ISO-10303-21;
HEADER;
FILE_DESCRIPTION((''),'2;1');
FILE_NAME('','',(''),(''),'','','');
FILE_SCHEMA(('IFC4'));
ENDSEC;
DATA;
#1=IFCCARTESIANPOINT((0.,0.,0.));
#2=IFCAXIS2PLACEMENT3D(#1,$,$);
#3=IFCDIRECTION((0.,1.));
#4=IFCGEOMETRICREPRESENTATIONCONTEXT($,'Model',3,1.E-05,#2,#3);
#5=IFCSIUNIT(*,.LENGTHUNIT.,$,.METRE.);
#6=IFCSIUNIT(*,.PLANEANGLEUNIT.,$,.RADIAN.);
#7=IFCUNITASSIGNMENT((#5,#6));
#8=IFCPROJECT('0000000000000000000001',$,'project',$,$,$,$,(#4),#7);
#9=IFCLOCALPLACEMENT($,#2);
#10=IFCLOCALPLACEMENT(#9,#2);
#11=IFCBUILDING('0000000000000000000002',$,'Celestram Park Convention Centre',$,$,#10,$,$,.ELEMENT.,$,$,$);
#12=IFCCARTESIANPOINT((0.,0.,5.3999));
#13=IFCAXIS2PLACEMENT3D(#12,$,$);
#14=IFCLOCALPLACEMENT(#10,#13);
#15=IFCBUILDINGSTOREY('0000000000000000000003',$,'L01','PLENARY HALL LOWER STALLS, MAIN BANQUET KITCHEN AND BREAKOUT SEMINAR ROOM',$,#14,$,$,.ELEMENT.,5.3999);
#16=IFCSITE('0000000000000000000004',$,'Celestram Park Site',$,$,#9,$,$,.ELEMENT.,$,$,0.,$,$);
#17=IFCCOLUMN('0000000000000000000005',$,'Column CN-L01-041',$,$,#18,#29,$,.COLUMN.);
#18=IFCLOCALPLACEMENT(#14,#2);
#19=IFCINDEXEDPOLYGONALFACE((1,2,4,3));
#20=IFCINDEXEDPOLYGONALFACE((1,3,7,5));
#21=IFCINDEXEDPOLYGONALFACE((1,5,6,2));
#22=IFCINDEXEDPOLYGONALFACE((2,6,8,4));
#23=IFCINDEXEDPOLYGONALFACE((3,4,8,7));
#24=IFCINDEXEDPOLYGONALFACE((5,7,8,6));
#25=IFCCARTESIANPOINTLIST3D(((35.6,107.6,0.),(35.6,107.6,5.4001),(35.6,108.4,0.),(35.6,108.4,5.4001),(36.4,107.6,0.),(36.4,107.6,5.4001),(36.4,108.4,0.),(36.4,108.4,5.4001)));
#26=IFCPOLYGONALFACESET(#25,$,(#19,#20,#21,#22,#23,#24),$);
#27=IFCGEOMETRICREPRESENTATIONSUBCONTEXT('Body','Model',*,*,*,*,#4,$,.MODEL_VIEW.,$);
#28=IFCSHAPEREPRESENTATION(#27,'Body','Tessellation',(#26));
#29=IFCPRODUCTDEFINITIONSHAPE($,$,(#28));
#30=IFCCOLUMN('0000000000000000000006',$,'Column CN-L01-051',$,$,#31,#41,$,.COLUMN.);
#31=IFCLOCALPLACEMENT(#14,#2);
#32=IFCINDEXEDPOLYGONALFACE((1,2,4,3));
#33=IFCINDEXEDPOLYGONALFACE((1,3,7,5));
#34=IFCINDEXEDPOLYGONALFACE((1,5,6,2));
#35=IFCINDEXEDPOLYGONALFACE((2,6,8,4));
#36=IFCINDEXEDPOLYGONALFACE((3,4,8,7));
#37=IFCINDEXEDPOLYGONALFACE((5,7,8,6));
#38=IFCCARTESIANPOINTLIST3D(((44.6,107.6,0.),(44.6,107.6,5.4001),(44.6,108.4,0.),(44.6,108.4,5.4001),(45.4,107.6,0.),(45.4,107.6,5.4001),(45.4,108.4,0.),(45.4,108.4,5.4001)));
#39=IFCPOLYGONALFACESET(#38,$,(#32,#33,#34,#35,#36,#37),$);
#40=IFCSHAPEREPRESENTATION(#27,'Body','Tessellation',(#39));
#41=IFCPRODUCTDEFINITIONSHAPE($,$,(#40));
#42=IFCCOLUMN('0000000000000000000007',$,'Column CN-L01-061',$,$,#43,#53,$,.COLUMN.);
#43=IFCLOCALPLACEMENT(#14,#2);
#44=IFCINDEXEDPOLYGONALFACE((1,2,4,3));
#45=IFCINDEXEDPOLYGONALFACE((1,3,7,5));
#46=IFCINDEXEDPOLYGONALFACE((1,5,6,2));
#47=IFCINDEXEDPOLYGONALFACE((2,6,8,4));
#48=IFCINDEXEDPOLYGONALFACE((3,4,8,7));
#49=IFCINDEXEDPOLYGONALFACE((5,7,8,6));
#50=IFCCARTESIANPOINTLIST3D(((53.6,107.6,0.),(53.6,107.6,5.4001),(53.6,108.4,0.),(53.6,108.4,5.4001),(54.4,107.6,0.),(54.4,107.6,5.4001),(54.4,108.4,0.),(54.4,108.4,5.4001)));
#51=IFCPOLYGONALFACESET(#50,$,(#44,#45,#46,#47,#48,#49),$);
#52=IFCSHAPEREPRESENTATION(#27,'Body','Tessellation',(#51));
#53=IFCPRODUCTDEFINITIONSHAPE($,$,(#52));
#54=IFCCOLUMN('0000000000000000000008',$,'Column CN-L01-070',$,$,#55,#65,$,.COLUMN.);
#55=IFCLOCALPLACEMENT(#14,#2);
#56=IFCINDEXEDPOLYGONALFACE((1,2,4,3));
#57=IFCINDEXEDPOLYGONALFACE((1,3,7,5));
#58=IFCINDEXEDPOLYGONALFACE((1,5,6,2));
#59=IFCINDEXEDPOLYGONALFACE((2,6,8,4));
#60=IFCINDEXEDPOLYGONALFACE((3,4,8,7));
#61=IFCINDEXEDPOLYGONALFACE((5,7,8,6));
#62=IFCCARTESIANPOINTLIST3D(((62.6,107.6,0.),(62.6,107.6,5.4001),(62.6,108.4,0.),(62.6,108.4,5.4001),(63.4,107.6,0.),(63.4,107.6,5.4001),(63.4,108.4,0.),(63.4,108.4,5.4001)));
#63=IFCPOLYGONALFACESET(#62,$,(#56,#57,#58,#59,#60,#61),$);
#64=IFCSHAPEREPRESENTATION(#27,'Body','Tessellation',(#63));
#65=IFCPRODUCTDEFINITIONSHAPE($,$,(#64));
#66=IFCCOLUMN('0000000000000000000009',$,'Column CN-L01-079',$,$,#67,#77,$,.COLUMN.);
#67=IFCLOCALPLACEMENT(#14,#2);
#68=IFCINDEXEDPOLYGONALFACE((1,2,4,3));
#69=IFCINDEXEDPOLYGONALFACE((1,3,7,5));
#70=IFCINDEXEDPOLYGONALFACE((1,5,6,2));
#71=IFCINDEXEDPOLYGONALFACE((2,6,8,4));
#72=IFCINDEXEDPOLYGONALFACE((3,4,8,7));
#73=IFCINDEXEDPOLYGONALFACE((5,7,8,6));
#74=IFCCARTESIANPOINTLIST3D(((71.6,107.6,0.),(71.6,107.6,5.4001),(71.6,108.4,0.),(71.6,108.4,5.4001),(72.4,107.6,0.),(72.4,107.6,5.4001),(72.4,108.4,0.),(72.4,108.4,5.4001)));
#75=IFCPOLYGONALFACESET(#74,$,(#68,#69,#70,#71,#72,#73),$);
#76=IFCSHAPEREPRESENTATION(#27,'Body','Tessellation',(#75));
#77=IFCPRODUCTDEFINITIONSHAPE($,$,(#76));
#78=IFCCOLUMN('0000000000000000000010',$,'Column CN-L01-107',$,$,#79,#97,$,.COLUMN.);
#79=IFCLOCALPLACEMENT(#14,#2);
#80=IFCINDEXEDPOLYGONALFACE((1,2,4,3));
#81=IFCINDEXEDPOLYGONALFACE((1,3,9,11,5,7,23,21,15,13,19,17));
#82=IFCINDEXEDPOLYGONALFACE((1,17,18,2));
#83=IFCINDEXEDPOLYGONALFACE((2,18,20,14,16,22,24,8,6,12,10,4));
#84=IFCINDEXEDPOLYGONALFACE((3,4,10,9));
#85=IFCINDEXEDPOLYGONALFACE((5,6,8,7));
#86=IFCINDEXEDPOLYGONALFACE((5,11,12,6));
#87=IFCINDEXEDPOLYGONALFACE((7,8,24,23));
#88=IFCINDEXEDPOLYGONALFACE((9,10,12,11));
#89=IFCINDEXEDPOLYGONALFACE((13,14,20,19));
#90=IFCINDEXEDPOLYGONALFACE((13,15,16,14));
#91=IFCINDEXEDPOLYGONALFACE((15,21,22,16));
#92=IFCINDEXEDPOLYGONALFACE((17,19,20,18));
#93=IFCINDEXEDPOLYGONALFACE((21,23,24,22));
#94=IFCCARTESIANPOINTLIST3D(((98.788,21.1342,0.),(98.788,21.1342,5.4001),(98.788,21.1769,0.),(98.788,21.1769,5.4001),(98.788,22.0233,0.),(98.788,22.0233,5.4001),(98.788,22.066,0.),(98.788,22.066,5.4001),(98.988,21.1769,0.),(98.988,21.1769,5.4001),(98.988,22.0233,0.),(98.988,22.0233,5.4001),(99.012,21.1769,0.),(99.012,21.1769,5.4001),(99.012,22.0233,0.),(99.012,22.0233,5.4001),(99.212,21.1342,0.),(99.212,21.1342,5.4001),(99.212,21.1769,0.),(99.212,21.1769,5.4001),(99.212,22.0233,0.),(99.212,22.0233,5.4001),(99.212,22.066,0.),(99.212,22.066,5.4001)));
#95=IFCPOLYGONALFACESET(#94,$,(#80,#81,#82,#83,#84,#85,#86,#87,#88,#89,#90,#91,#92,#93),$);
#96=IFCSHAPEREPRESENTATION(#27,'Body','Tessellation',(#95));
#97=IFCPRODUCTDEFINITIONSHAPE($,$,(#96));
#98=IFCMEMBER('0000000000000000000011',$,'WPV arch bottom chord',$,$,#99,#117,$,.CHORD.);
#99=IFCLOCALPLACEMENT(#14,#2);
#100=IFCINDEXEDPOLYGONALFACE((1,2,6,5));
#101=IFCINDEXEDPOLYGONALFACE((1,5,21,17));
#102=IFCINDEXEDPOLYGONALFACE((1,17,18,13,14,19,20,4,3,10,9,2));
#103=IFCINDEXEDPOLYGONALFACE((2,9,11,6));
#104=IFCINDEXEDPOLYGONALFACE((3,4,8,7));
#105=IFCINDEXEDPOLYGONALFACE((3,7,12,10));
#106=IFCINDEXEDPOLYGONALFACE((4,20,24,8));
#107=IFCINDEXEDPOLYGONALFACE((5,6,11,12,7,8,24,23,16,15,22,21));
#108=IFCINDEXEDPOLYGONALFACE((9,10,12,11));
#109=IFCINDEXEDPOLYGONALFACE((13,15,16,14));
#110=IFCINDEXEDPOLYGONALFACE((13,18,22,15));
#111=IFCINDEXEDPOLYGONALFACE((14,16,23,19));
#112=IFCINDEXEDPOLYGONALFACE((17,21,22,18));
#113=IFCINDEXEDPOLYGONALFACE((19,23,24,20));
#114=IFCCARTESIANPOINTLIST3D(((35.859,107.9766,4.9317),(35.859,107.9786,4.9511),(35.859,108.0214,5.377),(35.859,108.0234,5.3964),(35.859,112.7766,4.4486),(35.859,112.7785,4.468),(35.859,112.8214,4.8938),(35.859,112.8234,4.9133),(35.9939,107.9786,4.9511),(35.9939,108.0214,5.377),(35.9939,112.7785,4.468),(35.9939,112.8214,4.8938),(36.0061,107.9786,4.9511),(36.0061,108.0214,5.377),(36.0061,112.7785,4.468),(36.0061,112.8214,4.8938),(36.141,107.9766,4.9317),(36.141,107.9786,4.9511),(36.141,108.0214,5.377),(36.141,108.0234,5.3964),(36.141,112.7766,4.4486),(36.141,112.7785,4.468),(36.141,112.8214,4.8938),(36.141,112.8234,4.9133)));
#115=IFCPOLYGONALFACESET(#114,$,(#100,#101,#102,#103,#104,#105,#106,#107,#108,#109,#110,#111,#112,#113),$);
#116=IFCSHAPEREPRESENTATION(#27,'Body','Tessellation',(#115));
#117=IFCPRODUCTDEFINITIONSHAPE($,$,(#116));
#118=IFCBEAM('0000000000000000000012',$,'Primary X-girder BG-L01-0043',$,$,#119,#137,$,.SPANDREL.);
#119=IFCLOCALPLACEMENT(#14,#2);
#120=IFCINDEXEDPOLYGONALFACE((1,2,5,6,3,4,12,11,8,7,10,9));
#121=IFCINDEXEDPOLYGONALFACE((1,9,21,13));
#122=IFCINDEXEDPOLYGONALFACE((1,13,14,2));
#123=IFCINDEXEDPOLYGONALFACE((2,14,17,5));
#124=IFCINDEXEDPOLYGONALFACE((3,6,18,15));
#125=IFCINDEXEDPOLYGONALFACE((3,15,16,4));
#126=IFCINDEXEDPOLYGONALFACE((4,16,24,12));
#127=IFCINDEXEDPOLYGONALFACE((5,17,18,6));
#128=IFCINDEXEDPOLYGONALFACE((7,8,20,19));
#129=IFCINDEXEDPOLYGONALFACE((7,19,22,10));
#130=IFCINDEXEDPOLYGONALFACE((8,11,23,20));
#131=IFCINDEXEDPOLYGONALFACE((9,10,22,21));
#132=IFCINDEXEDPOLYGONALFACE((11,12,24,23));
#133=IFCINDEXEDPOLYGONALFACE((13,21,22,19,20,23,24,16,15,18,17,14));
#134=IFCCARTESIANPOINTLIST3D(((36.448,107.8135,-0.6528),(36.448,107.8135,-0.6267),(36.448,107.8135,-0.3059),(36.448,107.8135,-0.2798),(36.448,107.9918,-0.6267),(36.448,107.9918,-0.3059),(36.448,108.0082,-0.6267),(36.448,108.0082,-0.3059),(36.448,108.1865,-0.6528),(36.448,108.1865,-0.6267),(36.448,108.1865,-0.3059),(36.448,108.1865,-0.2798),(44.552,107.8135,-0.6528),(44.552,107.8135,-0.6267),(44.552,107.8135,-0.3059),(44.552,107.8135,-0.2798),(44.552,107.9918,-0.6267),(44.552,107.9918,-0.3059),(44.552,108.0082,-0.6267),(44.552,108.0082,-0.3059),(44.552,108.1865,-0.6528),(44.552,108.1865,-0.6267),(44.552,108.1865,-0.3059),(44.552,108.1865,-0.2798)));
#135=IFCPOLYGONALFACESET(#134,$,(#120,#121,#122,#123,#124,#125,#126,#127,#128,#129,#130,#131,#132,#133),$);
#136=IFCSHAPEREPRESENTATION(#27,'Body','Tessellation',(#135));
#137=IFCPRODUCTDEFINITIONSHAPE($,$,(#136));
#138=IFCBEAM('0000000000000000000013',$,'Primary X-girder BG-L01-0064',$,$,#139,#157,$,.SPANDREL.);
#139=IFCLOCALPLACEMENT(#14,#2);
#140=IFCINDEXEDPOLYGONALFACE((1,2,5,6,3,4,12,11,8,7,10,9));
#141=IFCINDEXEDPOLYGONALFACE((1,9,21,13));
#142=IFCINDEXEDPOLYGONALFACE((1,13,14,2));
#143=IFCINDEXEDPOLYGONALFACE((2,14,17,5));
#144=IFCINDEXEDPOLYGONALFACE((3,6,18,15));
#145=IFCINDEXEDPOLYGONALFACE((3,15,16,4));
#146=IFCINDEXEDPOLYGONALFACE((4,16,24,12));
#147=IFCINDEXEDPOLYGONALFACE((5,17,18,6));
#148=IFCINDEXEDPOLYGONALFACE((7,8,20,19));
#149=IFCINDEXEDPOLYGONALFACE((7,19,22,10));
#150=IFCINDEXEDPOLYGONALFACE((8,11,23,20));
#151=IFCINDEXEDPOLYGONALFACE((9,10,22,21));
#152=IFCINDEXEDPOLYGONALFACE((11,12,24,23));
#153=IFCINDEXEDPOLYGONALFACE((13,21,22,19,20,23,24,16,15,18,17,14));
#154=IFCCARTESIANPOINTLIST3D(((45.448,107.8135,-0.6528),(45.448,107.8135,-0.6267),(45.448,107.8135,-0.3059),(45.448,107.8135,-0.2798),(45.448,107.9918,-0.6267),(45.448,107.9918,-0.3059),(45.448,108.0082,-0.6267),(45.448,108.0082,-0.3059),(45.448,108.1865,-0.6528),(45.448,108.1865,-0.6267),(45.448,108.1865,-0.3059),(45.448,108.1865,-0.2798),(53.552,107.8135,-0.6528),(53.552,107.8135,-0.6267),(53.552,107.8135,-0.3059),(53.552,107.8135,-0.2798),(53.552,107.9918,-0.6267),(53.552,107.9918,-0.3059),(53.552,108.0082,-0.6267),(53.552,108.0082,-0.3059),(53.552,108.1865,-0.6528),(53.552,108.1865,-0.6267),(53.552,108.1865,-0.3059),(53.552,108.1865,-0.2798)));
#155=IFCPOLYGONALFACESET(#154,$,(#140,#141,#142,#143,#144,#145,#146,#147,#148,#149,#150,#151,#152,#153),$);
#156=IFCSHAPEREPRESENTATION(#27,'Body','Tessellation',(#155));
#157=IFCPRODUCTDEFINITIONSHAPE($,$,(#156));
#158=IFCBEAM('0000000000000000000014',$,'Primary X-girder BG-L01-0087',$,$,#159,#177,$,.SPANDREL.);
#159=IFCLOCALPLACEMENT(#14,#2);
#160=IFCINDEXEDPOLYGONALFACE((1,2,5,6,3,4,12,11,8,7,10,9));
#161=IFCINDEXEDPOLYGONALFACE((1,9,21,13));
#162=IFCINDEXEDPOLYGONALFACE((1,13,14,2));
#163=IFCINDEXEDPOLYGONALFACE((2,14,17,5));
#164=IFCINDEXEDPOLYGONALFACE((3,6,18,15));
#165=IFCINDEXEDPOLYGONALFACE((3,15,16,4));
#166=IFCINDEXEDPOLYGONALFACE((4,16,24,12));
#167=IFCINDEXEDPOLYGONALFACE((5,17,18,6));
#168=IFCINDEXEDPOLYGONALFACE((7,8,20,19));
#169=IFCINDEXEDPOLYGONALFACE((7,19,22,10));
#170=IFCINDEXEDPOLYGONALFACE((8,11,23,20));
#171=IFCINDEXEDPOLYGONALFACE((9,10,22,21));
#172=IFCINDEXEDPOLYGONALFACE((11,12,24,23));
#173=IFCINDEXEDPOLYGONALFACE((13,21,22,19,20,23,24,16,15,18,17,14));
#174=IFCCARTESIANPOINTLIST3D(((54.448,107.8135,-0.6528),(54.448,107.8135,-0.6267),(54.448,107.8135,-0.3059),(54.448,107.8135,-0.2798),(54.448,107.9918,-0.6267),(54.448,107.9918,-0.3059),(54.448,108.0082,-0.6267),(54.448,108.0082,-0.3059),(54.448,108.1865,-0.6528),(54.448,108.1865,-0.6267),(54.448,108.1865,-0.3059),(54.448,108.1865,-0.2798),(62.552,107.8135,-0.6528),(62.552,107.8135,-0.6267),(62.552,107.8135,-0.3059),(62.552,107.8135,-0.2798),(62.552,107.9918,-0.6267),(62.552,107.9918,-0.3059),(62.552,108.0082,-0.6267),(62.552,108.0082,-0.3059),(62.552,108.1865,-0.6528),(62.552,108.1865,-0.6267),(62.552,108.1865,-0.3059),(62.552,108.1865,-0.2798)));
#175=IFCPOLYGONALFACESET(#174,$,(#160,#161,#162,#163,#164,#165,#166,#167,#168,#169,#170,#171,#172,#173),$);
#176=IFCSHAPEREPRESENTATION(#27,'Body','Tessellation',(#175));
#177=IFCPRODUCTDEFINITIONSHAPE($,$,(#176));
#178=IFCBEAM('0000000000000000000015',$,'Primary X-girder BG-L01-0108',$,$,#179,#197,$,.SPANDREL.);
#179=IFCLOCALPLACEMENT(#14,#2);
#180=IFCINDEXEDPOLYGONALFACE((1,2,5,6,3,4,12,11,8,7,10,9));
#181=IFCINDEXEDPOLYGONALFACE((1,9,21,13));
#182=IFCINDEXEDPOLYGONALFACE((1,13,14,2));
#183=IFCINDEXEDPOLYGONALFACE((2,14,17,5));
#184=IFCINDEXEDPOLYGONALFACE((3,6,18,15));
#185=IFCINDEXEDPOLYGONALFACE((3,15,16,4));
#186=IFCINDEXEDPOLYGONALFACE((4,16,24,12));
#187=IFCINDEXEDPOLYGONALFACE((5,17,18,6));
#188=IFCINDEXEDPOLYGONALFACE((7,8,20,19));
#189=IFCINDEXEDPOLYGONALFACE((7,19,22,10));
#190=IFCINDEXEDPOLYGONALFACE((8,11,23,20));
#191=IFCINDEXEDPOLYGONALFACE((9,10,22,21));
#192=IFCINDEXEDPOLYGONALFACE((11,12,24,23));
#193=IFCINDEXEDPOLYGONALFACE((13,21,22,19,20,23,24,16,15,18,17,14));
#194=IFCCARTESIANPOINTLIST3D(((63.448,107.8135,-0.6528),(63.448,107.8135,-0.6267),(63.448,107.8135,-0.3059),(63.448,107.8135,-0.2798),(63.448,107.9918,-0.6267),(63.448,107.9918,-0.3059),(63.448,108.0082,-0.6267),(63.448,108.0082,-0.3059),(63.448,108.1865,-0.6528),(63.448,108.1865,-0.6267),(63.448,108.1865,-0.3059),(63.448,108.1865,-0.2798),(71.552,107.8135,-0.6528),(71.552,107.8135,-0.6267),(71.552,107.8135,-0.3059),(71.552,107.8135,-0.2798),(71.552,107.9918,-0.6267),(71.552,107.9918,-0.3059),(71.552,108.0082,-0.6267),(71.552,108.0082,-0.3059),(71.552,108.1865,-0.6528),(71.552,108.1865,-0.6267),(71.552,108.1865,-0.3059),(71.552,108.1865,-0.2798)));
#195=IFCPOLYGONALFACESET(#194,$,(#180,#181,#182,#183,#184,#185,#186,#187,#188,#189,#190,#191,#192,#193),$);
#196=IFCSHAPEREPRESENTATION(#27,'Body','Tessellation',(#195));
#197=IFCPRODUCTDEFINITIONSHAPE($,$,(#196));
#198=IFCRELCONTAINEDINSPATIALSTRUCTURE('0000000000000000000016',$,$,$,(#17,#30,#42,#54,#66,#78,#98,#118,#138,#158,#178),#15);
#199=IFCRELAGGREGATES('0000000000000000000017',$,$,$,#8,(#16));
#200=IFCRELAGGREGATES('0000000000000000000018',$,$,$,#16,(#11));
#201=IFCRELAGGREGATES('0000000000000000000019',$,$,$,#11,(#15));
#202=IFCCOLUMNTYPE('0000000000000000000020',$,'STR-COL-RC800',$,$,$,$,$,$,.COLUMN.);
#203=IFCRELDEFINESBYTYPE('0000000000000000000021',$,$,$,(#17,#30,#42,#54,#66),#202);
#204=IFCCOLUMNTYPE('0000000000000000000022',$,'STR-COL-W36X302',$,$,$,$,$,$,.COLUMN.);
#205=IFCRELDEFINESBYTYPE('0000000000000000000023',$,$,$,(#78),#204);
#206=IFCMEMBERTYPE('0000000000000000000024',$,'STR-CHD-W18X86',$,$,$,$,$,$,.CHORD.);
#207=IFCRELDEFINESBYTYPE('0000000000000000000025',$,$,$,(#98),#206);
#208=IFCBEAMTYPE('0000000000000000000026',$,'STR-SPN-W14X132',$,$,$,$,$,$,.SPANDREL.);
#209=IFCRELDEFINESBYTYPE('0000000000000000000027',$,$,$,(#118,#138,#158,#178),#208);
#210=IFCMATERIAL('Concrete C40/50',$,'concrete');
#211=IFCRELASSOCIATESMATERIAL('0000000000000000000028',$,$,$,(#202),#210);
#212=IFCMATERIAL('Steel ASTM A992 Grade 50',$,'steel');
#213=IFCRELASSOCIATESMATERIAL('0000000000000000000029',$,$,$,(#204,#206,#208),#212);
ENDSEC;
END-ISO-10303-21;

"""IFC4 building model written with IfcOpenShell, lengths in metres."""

from ifc_helpers import new_model, si_unit, direction, frame, origin, origin_2d, place, context, subcontext, project, spatial, rectangle, i_section, extrude, material, material_profile, profile_set, type_object, element, save


model = new_model("IFC4")

# Units and contexts
model_context = context("Model", 3, precision=1e-05, world=origin(), true_north=direction((0.0, 1.0)))
body_context = subcontext(model_context, "Body", "Model", "MODEL_VIEW")
ifc_project = project(units=[si_unit("LENGTHUNIT", "METRE"), si_unit("PLANEANGLEUNIT", "RADIAN")], contexts=[model_context])

# Site, building, storey
site_placement = place(None, origin())
site = spatial("IfcSite", under=ifc_project, at=site_placement, Name="Celestram Park Site", CompositionType="ELEMENT", RefElevation=0.0)
building_placement = place(site_placement, origin())
building = spatial("IfcBuilding", under=site, at=building_placement, Name="Celestram Park Convention Centre", CompositionType="ELEMENT")
storey_placement = place(building_placement, frame((0.0, 0.0, 5.3999)))
storey = spatial("IfcBuildingStorey", under=building, at=storey_placement, Name="L01", Description="PLENARY HALL LOWER STALLS, MAIN BANQUET KITCHEN AND BREAKOUT SEMINAR ROOM", CompositionType="ELEMENT", Elevation=5.3999)

# Columns
ifc_material_1 = material(Name="Concrete C40/50", Category="concrete")
ifc_material_profile_1 = material_profile(ifc_material_1, rectangle(XDim=0.8, YDim=0.8, at=origin_2d()), Name="RC800X800")
ifc_profile_set_1 = profile_set([ifc_material_profile_1], Name="Concrete C40/50")
column_type_1 = type_object("IfcColumnType", Name="STR-COL-RC800", PredefinedType="COLUMN", material=ifc_profile_set_1)
for number, where, z_axis, x_axis, name in (
    (1, (36.0, 108.0, 0.0), (0.0, 0.0, 1.0), (1.0, 0.0, 0.0), "Column CN-L01-041"),
    (2, (45.0, 108.0, 0.0), (0.0, 0.0, 1.0), (1.0, 0.0, 0.0), "Column CN-L01-051"),
    (3, (54.0, 108.0, 0.0), (0.0, 0.0, 1.0), (1.0, 0.0, 0.0), "Column CN-L01-061"),
    (4, (63.0, 108.0, 0.0), (0.0, 0.0, 1.0), (1.0, 0.0, 0.0), "Column CN-L01-070"),
    (5, (72.0, 108.0, 0.0), (0.0, 0.0, 1.0), (1.0, 0.0, 0.0), "Column CN-L01-079"),
):
    element("IfcColumn", number, at=place(storey_placement, frame(where, z_axis=z_axis, x_axis=x_axis)), inside=storey, type_object=column_type_1, Name=name, PredefinedType="COLUMN", context=body_context, shape_type="SweptSolid", body=[
        extrude(rectangle(XDim=0.8, YDim=0.8, at=origin_2d()), origin(), (0.0, 0.0, 1.0), 5.4001),
    ])
ifc_material_2 = material(Name="Steel ASTM A992 Grade 50", Category="steel")
ifc_material_profile_2 = material_profile(ifc_material_2, i_section(OverallWidth=0.4241, OverallDepth=0.9319, WebThickness=0.0239, FlangeThickness=0.0427, at=origin_2d()), Name="W36X302")
ifc_profile_set_2 = profile_set([ifc_material_profile_2], Name="Steel ASTM A992 Grade 50")
column_type_2 = type_object("IfcColumnType", Name="STR-COL-W36X302", PredefinedType="COLUMN", material=ifc_profile_set_2)
column_placement = place(storey_placement, frame((99.0, 21.6001, 0.0), z_axis=(0.0, 0.0, 1.0), x_axis=(1.0, 0.0, 0.0)))
element("IfcColumn", 6, at=column_placement, inside=storey, type_object=column_type_2, Name="Column CN-L01-107", PredefinedType="COLUMN", context=body_context, shape_type="SweptSolid", body=[
    extrude(i_section(OverallWidth=0.4241, OverallDepth=0.9319, WebThickness=0.0239, FlangeThickness=0.0427, at=origin_2d()), origin(), (0.0, 0.0, 1.0), 5.4001),
])

# Member
ifc_material_profile_3 = material_profile(ifc_material_2, i_section(OverallWidth=0.282, OverallDepth=0.467, WebThickness=0.0122, FlangeThickness=0.0195, at=origin_2d()), Name="W18X86")
ifc_profile_set_3 = profile_set([ifc_material_profile_3], Name="Steel ASTM A992 Grade 50")
member_type = type_object("IfcMemberType", Name="STR-CHD-W18X86", PredefinedType="CHORD", material=ifc_profile_set_3)
member_placement = place(storey_placement, frame((36.0, 108.0, 5.1641), z_axis=(0.0, 0.994972, -0.10015), x_axis=(-1.0, 0.0, 0.0)))
element("IfcMember", 7, at=member_placement, inside=storey, type_object=member_type, Name="WPV arch bottom chord", PredefinedType="CHORD", context=body_context, shape_type="SweptSolid", body=[
    extrude(i_section(OverallWidth=0.282, OverallDepth=0.467, WebThickness=0.0122, FlangeThickness=0.0195, at=origin_2d()), origin(), (0.0, 0.0, 1.0), 4.8242),
])

# Beams
ifc_material_profile_4 = material_profile(ifc_material_2, i_section(OverallWidth=0.373, OverallDepth=0.373, WebThickness=0.0164, FlangeThickness=0.0261, at=origin_2d()), Name="W14X132")
ifc_profile_set_4 = profile_set([ifc_material_profile_4], Name="Steel ASTM A992 Grade 50")
beam_type = type_object("IfcBeamType", Name="STR-SPN-W14X132", PredefinedType="SPANDREL", material=ifc_profile_set_4)
for number, where, z_axis, x_axis, name in (
    (8, (36.448, 108.0, -0.4663), (1.0, 0.0, 0.0), (0.0, 1.0, 0.0), "Primary X-girder BG-L01-0043"),
    (9, (45.448, 108.0, -0.4663), (1.0, 0.0, 0.0), (0.0, 1.0, 0.0), "Primary X-girder BG-L01-0064"),
    (10, (54.448, 108.0, -0.4663), (1.0, 0.0, 0.0), (0.0, 1.0, 0.0), "Primary X-girder BG-L01-0087"),
    (11, (63.448, 108.0, -0.4663), (1.0, 0.0, 0.0), (0.0, 1.0, 0.0), "Primary X-girder BG-L01-0108"),
):
    element("IfcBeam", number, at=place(storey_placement, frame(where, z_axis=z_axis, x_axis=x_axis)), inside=storey, type_object=beam_type, Name=name, PredefinedType="SPANDREL", context=body_context, shape_type="SweptSolid", body=[
        extrude(i_section(OverallWidth=0.373, OverallDepth=0.373, WebThickness=0.0164, FlangeThickness=0.0261, at=origin_2d()), origin(), (0.0, 0.0, 1.0), 8.104),
    ])

save(model, "model.ifc")
